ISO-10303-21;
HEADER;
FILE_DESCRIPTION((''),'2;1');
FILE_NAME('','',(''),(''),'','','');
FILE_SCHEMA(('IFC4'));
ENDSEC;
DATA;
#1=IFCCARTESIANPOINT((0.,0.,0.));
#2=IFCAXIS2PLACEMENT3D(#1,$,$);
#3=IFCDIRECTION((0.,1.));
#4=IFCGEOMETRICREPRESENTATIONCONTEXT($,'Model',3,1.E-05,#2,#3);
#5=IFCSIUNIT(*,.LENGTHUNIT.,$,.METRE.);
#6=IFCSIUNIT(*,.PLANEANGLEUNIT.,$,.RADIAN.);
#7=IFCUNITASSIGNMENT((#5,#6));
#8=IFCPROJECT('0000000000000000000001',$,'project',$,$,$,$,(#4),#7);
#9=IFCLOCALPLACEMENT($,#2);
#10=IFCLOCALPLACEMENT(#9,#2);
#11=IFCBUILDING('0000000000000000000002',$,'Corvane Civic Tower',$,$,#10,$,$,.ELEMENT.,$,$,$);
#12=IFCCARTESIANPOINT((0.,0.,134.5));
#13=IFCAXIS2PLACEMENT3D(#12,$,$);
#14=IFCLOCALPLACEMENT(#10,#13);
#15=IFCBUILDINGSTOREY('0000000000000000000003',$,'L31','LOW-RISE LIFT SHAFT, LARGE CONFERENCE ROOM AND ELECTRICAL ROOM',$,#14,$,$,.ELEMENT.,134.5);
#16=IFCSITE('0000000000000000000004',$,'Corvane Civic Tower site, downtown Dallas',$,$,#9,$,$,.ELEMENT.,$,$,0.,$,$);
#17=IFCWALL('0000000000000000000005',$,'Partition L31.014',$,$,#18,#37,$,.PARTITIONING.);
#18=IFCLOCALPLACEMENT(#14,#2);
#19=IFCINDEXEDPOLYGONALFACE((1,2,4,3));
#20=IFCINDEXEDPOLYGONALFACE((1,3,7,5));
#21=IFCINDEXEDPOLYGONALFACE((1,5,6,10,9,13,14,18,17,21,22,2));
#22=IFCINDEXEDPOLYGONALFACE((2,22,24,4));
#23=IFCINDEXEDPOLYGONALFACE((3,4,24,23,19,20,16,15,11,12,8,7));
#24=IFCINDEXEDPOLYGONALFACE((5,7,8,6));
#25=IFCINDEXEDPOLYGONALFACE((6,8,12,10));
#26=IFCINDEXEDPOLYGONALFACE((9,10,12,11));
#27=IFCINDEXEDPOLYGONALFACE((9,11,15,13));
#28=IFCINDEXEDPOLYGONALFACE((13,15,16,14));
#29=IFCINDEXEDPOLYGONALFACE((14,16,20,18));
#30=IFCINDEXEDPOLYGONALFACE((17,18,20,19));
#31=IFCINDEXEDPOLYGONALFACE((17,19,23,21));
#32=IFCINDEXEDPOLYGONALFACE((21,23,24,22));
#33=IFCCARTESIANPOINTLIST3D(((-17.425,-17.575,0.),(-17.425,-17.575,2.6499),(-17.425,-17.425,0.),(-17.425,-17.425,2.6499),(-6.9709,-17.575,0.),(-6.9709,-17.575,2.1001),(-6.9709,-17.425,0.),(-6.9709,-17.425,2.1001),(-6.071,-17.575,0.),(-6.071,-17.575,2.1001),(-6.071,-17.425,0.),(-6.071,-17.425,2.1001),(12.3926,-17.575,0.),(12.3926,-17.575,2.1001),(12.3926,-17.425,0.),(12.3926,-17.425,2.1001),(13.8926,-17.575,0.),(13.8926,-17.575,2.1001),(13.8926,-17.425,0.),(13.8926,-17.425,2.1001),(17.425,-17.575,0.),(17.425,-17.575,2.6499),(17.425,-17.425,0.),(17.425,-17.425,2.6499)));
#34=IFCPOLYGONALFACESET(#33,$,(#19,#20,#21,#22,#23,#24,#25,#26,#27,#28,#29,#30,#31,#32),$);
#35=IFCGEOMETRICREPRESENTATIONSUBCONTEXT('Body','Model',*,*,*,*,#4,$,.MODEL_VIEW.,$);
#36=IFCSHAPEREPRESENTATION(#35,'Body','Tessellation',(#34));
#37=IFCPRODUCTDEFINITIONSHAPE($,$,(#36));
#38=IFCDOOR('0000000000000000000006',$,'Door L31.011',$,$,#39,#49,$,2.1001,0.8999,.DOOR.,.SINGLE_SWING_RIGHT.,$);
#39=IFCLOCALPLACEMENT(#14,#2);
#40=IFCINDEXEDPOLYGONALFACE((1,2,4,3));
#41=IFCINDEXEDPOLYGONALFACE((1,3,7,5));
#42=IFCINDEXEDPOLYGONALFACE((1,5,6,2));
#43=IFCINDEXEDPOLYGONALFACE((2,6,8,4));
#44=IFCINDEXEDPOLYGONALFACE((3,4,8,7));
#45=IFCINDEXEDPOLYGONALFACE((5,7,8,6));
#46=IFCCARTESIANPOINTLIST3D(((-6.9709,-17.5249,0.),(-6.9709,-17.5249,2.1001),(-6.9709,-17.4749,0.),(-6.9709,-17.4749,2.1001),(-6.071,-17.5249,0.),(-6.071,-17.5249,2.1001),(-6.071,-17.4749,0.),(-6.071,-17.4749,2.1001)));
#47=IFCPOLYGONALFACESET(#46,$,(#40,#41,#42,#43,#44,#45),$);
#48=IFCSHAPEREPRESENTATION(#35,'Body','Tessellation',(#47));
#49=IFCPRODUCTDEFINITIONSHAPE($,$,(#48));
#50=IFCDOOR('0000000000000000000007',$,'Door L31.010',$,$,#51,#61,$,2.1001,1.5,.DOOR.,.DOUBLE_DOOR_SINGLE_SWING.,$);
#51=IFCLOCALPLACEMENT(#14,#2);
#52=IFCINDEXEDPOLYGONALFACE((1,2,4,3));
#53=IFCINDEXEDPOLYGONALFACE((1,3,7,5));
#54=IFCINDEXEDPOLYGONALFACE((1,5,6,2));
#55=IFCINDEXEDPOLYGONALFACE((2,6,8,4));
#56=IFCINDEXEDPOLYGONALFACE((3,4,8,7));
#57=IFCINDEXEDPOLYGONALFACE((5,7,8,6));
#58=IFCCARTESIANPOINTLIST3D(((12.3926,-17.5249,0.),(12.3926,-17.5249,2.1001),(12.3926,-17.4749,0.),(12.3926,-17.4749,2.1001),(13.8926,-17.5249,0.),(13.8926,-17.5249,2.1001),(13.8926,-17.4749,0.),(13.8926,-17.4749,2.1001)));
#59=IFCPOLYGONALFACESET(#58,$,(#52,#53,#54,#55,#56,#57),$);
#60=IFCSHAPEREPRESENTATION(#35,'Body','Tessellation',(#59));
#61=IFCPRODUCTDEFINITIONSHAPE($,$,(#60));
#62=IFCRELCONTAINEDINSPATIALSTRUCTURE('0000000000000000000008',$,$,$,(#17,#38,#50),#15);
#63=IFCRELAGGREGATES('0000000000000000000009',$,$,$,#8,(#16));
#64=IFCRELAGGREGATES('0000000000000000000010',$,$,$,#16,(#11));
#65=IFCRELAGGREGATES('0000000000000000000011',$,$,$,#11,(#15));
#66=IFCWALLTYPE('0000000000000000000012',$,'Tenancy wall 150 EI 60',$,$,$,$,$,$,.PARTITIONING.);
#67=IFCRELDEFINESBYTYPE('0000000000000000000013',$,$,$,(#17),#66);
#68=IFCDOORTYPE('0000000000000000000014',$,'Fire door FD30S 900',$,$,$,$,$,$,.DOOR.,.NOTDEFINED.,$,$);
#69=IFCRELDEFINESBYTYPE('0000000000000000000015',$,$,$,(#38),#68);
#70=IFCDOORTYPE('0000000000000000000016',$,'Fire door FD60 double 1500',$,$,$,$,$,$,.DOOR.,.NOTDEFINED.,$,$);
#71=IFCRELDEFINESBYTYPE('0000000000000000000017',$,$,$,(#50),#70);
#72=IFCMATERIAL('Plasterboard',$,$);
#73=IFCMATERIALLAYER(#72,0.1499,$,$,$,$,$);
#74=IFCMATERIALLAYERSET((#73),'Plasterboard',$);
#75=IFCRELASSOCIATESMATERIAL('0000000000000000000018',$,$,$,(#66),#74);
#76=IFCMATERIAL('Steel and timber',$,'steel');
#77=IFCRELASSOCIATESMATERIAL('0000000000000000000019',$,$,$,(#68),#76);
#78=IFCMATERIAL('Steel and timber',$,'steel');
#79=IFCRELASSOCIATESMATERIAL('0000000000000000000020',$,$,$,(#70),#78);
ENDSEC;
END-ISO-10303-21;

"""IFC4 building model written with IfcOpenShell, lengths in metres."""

from ifc_helpers import new_model, si_unit, direction, frame, frame_2d, origin, place, context, subcontext, project, spatial, rectangle, extrude, material, layer, layer_set, type_object, element, fill, save


model = new_model("IFC4")

# Units and contexts
model_context = context("Model", 3, precision=1e-05, world=origin(), true_north=direction((0.0, 1.0)))
body_context = subcontext(model_context, "Body", "Model", "MODEL_VIEW")
ifc_project = project(units=[si_unit("LENGTHUNIT", "METRE"), si_unit("PLANEANGLEUNIT", "RADIAN")], contexts=[model_context])

# Site, building, storey
site_placement = place(None, origin())
site = spatial("IfcSite", under=ifc_project, at=site_placement, Name="Corvane Civic Tower site, downtown Dallas", CompositionType="ELEMENT", RefElevation=0.0)
building_placement = place(site_placement, origin())
building = spatial("IfcBuilding", under=site, at=building_placement, Name="Corvane Civic Tower", CompositionType="ELEMENT")
storey_placement = place(building_placement, frame((0.0, 0.0, 134.5)))
storey = spatial("IfcBuildingStorey", under=building, at=storey_placement, Name="L31", Description="LOW-RISE LIFT SHAFT, LARGE CONFERENCE ROOM AND ELECTRICAL ROOM", CompositionType="ELEMENT", Elevation=134.5)

# Wall, openings, doors
ifc_material_1 = material(Name="Plasterboard")
ifc_layer_1 = layer(ifc_material_1, 0.1499)
ifc_layer_set_1 = layer_set([ifc_layer_1], Name="Plasterboard")
wall_type_1 = type_object("IfcWallType", Name="Tenancy wall 150 EI 60", PredefinedType="PARTITIONING", material=ifc_layer_set_1)
wall_1_placement = place(storey_placement, frame((-17.425, -17.5, 0.0), z_axis=(0.0, 0.0, 1.0), x_axis=(1.0, 0.0, 0.0)))
wall_1 = element("IfcWall", 1, at=wall_1_placement, inside=storey, type_object=wall_type_1, Name="Partition L31.014", PredefinedType="PARTITIONING", context=body_context, shape_type="SweptSolid", body=[
    extrude(rectangle(XDim=34.8501, YDim=0.1499, at=frame_2d((17.425, 0.0))), origin(), (0.0, 0.0, 1.0), 2.6499),
])
opening_1_placement = place(wall_1_placement, frame((29.8176, 0.0, 0.0)))
opening_1 = element("IfcOpeningElement", 2, at=opening_1_placement, cuts=wall_1, PredefinedType="OPENING", context=body_context, shape_type="SweptSolid", body=[
    extrude(rectangle(XDim=1.5, YDim=2.1001, at=frame_2d((0.75, 1.05))), frame((0.0, 0.085, 0.0), z_axis=(0.0, -1.0, 0.0), x_axis=(1.0, 0.0, 0.0)), (0.0, 0.0, 1.0), 0.1699),
])
opening_2_placement = place(wall_1_placement, frame((10.4541, 0.0, 0.0)))
opening_2 = element("IfcOpeningElement", 3, at=opening_2_placement, cuts=wall_1, PredefinedType="OPENING", context=body_context, shape_type="SweptSolid", body=[
    extrude(rectangle(XDim=0.8999, YDim=2.1001, at=frame_2d((0.45, 1.05))), frame((0.0, 0.085, 0.0), z_axis=(0.0, -1.0, 0.0), x_axis=(1.0, 0.0, 0.0)), (0.0, 0.0, 1.0), 0.1699),
])
ifc_material_2 = material(Name="Steel and timber", Category="steel")
door_type_1 = type_object("IfcDoorType", Name="Fire door FD30S 900", OperationType="NOTDEFINED", PredefinedType="DOOR", material=ifc_material_2)
door_1_placement = place(opening_2_placement, frame((0.8999, 0.0, 0.0), z_axis=(0.0, 0.0, 1.0), x_axis=(-1.0, 0.0, 0.0)))
door_1 = element("IfcDoor", 4, at=door_1_placement, inside=storey, type_object=door_type_1, Name="Door L31.011", OperationType="SINGLE_SWING_RIGHT", OverallHeight=2.1001, OverallWidth=0.8999, PredefinedType="DOOR", context=body_context, shape_type="SweptSolid", body=[
    extrude(rectangle(XDim=0.8999, YDim=2.1001, at=frame_2d((0.45, 1.05))), frame((0.0, 0.0249, 0.0), z_axis=(0.0, -1.0, 0.0), x_axis=(1.0, 0.0, 0.0)), (0.0, 0.0, 1.0), 0.05),
])
fill(opening_2, door_1)
ifc_material_3 = material(Name="Steel and timber", Category="steel")
door_type_2 = type_object("IfcDoorType", Name="Fire door FD60 double 1500", OperationType="NOTDEFINED", PredefinedType="DOOR", material=ifc_material_3)
door_2_placement = place(opening_1_placement, frame((1.5, 0.0, 0.0), z_axis=(0.0, 0.0, 1.0), x_axis=(-1.0, 0.0, 0.0)))
door_2 = element("IfcDoor", 5, at=door_2_placement, inside=storey, type_object=door_type_2, Name="Door L31.010", OperationType="DOUBLE_DOOR_SINGLE_SWING", OverallHeight=2.1001, OverallWidth=1.5, PredefinedType="DOOR", context=body_context, shape_type="SweptSolid", body=[
    extrude(rectangle(XDim=1.5, YDim=2.1001, at=frame_2d((0.75, 1.05))), frame((0.0, 0.0249, 0.0), z_axis=(0.0, -1.0, 0.0), x_axis=(1.0, 0.0, 0.0)), (0.0, 0.0, 1.0), 0.05),
])
fill(opening_1, door_2)

save(model, "model.ifc")
